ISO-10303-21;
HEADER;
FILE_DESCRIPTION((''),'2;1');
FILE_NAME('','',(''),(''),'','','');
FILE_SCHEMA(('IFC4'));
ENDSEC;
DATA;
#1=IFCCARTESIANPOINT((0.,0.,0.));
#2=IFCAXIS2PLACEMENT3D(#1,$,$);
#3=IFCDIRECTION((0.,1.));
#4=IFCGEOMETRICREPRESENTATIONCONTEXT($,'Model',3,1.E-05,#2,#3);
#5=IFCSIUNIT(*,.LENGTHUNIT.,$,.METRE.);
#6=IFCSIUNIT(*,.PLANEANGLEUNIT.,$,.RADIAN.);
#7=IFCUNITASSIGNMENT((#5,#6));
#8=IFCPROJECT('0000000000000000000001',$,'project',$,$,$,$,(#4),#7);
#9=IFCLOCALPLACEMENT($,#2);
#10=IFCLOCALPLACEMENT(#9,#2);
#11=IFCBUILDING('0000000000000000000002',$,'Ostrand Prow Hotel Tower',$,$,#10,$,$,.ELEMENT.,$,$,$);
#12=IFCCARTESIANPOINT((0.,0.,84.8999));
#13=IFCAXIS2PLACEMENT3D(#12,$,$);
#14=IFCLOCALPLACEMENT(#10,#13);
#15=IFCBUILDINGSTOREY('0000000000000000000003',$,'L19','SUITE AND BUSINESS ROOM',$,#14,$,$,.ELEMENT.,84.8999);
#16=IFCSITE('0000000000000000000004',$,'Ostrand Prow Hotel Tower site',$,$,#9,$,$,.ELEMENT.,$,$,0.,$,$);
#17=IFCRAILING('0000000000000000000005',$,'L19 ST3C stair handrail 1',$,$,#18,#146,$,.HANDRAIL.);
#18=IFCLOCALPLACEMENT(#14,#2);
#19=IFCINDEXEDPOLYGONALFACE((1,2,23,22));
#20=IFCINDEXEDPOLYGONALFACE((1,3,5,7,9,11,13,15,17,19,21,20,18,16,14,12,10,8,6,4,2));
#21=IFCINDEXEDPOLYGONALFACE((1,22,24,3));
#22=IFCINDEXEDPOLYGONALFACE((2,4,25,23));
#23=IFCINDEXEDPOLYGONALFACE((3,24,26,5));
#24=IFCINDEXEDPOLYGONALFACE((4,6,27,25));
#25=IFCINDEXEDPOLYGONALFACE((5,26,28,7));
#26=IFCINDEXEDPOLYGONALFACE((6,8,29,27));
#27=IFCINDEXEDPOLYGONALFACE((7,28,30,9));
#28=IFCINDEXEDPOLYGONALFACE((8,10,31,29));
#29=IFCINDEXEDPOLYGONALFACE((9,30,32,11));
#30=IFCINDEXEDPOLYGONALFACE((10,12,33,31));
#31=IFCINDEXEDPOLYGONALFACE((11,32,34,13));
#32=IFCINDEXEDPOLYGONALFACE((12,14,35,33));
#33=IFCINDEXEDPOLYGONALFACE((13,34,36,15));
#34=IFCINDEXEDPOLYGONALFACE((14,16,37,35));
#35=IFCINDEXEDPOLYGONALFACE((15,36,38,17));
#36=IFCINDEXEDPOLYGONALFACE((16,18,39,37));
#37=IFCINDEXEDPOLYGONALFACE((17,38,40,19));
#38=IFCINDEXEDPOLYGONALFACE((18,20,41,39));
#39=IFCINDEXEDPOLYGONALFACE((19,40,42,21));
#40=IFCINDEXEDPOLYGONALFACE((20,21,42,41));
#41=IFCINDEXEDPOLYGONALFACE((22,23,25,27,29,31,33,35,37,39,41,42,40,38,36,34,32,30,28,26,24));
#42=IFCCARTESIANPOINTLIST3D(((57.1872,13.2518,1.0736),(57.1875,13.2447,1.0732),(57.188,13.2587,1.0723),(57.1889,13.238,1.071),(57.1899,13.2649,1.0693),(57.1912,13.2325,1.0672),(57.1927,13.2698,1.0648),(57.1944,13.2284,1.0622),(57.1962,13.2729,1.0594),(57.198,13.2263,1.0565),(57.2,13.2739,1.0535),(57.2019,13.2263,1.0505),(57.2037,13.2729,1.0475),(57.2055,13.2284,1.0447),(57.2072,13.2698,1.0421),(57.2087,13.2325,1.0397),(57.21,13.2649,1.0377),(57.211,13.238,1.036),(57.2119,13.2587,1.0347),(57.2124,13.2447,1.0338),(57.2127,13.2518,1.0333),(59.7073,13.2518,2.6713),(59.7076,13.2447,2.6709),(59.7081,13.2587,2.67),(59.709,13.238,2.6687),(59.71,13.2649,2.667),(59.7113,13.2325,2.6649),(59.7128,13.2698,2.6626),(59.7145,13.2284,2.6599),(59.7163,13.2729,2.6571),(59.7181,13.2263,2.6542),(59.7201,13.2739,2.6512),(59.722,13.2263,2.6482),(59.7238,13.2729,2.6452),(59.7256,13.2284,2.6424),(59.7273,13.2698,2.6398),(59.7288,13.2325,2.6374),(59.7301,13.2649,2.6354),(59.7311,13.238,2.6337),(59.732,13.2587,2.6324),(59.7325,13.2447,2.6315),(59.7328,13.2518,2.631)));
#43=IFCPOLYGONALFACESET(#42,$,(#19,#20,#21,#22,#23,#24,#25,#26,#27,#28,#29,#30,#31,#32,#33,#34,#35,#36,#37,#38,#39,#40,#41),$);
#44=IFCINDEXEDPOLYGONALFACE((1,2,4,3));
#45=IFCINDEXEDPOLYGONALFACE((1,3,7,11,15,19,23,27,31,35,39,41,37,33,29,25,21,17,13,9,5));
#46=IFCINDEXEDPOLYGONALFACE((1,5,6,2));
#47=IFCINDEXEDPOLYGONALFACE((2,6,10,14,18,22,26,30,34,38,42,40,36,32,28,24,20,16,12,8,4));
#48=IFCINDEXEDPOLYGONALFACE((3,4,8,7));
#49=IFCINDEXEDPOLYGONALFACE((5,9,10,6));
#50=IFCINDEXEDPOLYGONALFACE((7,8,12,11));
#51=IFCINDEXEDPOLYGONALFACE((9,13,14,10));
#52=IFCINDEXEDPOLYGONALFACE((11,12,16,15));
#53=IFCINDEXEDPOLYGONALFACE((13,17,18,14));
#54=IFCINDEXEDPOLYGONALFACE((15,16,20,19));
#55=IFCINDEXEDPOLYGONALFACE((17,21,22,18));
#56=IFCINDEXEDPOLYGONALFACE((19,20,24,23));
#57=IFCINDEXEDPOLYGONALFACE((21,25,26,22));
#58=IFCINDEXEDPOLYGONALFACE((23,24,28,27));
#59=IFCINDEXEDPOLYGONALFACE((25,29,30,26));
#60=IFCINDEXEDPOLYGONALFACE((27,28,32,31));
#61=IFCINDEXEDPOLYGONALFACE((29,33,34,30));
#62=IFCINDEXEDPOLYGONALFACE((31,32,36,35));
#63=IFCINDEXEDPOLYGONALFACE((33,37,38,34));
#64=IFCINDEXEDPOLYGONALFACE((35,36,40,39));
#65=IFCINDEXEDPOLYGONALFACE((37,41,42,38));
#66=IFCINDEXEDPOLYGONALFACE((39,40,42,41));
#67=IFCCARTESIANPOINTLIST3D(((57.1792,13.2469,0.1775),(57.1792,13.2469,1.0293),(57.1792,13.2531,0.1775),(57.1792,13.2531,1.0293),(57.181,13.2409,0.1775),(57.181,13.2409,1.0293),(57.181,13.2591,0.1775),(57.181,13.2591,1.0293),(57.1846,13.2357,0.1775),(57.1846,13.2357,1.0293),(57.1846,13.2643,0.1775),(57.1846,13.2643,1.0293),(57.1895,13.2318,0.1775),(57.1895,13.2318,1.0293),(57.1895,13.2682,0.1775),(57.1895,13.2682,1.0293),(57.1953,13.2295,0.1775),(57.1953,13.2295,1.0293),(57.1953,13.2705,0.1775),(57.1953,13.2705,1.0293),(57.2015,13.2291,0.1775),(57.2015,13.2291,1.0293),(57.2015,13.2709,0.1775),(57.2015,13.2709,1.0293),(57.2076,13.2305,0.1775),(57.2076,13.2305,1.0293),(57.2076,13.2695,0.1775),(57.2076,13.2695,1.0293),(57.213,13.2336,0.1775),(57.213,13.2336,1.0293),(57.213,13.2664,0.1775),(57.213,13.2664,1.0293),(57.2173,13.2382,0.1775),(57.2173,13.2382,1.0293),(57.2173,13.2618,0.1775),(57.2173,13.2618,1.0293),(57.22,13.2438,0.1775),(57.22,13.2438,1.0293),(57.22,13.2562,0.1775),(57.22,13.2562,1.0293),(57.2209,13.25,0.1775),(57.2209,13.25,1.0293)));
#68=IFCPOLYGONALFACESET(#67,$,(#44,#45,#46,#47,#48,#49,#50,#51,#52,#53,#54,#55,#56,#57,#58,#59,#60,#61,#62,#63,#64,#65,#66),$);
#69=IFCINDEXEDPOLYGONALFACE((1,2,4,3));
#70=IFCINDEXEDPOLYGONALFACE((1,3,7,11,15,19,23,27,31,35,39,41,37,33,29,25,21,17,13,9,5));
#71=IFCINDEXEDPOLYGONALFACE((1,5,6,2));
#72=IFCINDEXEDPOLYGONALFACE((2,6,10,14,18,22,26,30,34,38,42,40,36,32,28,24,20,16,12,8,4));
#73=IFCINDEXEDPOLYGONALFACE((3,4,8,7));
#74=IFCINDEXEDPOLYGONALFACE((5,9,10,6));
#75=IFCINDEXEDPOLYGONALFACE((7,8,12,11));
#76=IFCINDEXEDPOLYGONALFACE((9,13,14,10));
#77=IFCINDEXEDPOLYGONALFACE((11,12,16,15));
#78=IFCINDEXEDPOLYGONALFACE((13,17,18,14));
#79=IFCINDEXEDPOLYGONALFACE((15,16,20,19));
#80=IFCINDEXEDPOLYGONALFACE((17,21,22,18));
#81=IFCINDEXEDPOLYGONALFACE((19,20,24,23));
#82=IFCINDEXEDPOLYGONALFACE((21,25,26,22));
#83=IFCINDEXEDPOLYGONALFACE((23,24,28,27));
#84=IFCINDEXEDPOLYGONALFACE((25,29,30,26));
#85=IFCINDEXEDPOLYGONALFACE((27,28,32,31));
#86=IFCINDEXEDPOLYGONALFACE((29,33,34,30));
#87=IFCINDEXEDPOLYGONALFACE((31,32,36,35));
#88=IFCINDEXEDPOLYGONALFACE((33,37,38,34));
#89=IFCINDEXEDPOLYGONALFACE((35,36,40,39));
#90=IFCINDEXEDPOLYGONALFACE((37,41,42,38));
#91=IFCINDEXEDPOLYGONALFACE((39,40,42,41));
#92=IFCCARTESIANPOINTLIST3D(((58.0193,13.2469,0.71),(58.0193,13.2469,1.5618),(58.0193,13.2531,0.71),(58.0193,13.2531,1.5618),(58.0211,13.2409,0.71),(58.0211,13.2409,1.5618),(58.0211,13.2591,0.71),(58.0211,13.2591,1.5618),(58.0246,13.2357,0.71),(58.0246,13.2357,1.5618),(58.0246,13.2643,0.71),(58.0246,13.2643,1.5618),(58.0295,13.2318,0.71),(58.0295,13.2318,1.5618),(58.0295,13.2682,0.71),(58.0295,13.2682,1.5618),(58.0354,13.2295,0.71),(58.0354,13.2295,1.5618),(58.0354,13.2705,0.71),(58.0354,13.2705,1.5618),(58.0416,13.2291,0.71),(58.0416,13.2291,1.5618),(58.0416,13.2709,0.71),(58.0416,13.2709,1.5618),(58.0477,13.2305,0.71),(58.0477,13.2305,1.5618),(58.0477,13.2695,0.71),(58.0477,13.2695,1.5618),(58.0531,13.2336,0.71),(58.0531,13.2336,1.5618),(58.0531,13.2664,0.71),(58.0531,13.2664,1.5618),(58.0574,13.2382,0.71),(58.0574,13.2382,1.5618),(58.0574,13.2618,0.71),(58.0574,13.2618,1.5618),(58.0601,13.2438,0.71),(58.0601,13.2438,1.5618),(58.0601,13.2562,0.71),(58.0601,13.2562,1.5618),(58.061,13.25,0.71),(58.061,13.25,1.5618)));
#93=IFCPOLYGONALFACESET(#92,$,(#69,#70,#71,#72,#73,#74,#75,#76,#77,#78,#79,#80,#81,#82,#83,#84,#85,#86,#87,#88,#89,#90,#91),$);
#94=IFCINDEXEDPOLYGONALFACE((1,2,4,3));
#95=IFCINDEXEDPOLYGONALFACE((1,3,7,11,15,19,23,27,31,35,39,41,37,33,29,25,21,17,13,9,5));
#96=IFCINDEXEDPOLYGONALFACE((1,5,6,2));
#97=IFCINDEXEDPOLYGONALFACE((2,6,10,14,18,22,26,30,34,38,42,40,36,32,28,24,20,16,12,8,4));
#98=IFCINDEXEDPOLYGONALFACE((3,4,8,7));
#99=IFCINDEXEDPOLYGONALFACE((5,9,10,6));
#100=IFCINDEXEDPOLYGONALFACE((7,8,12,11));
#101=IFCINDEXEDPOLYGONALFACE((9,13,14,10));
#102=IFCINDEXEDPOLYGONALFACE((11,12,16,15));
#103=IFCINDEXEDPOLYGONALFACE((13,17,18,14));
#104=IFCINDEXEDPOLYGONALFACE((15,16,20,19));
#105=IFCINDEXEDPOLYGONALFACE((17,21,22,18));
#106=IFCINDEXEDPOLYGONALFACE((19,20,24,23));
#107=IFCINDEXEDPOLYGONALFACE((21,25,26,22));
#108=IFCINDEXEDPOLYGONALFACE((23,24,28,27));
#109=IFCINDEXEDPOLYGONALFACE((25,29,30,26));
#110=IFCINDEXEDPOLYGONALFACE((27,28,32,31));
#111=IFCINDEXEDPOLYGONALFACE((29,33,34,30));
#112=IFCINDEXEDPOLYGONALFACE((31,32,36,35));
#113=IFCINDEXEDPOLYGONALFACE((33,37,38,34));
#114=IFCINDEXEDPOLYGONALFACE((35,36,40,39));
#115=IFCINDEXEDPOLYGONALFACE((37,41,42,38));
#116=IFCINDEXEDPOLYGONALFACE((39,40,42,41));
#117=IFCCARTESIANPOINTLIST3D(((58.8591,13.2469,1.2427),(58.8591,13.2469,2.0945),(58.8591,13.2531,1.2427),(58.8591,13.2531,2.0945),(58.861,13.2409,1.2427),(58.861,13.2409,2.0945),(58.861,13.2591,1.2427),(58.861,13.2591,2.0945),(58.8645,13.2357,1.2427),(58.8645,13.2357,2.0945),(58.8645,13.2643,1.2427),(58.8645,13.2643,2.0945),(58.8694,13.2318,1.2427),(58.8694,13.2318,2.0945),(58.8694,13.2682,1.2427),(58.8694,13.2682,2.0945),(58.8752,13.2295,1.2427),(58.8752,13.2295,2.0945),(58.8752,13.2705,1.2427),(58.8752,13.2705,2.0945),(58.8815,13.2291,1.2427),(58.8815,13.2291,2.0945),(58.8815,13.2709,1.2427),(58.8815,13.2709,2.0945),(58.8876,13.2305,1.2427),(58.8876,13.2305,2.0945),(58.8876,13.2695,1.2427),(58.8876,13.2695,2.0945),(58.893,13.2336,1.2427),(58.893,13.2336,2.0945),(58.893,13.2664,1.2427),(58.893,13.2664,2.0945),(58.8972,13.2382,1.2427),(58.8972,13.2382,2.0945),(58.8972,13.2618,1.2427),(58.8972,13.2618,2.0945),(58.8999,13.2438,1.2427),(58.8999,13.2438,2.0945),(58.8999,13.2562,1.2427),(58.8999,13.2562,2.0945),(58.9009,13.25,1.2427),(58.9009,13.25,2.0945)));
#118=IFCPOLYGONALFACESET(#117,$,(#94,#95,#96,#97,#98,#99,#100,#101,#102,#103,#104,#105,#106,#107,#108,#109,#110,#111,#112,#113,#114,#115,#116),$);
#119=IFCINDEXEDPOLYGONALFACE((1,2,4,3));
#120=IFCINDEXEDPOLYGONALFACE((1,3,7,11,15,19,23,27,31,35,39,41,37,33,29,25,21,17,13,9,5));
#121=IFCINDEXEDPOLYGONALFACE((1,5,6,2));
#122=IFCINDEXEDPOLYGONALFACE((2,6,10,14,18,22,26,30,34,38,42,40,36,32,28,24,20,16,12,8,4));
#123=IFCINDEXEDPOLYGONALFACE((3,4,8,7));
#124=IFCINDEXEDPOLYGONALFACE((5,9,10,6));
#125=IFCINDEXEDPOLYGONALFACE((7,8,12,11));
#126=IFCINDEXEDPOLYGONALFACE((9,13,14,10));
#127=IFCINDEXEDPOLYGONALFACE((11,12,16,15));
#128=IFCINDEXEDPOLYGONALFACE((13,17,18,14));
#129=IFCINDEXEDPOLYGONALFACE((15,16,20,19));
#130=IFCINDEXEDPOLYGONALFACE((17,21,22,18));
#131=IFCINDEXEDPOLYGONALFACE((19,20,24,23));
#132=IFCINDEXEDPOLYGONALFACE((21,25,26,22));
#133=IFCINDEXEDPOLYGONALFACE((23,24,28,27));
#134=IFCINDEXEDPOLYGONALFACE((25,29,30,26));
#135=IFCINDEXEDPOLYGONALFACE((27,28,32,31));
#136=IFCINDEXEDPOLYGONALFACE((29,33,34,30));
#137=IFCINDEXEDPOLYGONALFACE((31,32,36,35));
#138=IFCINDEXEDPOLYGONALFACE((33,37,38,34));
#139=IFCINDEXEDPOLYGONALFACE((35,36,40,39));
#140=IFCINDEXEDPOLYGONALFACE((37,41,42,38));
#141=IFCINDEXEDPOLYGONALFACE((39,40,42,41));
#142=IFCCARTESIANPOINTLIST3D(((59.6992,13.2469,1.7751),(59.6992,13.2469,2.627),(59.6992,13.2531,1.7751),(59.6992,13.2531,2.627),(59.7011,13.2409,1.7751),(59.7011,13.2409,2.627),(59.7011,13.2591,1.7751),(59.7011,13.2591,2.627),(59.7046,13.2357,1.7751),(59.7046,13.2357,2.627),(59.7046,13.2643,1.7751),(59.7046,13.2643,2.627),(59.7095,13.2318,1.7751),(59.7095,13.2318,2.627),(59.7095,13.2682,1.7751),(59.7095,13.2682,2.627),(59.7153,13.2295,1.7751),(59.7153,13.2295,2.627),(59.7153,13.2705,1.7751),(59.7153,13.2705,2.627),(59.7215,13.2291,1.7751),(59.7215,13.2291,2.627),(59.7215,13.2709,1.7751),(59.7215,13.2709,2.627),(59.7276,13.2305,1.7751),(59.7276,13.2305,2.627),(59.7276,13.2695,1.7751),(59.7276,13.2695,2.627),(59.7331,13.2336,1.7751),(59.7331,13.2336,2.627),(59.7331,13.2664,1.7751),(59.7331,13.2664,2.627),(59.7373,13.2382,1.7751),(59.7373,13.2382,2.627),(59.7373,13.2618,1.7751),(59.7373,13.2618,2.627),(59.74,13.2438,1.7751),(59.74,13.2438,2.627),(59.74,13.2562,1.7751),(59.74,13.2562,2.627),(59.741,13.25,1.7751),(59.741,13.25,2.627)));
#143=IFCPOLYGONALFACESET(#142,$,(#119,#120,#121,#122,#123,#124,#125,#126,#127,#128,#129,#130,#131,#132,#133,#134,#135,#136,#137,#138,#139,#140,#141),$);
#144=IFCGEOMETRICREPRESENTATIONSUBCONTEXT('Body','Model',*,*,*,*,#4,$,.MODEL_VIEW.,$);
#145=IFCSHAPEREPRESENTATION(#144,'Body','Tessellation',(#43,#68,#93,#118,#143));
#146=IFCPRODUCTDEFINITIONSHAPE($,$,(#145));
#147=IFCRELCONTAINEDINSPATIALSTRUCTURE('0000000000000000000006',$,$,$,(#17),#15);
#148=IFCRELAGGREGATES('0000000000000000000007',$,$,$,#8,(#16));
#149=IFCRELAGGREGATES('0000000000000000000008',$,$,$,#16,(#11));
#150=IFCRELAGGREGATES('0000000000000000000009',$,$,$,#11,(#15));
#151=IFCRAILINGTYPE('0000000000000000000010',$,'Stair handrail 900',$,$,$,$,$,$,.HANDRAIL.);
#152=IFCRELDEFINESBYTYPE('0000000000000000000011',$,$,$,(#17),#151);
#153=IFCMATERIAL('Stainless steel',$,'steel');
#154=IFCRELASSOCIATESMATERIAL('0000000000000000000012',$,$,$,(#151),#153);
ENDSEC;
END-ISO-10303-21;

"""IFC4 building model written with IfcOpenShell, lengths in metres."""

from ifc_helpers import new_model, si_unit, direction, frame, origin, origin_2d, place, context, subcontext, project, spatial, circle, extrude, material, type_object, element, save


model = new_model("IFC4")

# Units and contexts
model_context = context("Model", 3, precision=1e-05, world=origin(), true_north=direction((0.0, 1.0)))
body_context = subcontext(model_context, "Body", "Model", "MODEL_VIEW")
ifc_project = project(units=[si_unit("LENGTHUNIT", "METRE"), si_unit("PLANEANGLEUNIT", "RADIAN")], contexts=[model_context])

# Site, building, storey
site_placement = place(None, origin())
site = spatial("IfcSite", under=ifc_project, at=site_placement, Name="Ostrand Prow Hotel Tower site", CompositionType="ELEMENT", RefElevation=0.0)
building_placement = place(site_placement, origin())
building = spatial("IfcBuilding", under=site, at=building_placement, Name="Ostrand Prow Hotel Tower", CompositionType="ELEMENT")
storey_placement = place(building_placement, frame((0.0, 0.0, 84.8999)))
storey = spatial("IfcBuildingStorey", under=building, at=storey_placement, Name="L19", Description="SUITE AND BUSINESS ROOM", CompositionType="ELEMENT", Elevation=84.8999)

# Railing
ifc_material_1 = material(Name="Stainless steel", Category="steel")
railing_type_1 = type_object("IfcRailingType", Name="Stair handrail 900", PredefinedType="HANDRAIL", material=ifc_material_1)
railing_1_placement = place(storey_placement, frame((57.2, 13.25, 0.1775)))
element("IfcRailing", 1, at=railing_1_placement, inside=storey, type_object=railing_type_1, Name="L19 ST3C stair handrail 1", PredefinedType="HANDRAIL", context=body_context, shape_type="SweptSolid", body=[
    extrude(circle(Radius=0.0239, at=origin_2d()), frame((0.0, 0.0, 0.876), z_axis=(0.84457, 0.0, 0.535445), x_axis=(0.0, 1.0, 0.0)), (0.0, 0.0, 1.0), 2.9839),
    extrude(circle(Radius=0.021, at=origin_2d()), origin(), (0.0, 0.0, 1.0), 0.8518),
    extrude(circle(Radius=0.021, at=origin_2d()), frame((0.8401, 0.0, 0.5325)), (0.0, 0.0, 1.0), 0.8518),
    extrude(circle(Radius=0.021, at=origin_2d()), frame((1.6799, 0.0, 1.0652)), (0.0, 0.0, 1.0), 0.8518),
    extrude(circle(Radius=0.021, at=origin_2d()), frame((2.52, 0.0, 1.5977)), (0.0, 0.0, 1.0), 0.8518),
])

save(model, "model.ifc")
